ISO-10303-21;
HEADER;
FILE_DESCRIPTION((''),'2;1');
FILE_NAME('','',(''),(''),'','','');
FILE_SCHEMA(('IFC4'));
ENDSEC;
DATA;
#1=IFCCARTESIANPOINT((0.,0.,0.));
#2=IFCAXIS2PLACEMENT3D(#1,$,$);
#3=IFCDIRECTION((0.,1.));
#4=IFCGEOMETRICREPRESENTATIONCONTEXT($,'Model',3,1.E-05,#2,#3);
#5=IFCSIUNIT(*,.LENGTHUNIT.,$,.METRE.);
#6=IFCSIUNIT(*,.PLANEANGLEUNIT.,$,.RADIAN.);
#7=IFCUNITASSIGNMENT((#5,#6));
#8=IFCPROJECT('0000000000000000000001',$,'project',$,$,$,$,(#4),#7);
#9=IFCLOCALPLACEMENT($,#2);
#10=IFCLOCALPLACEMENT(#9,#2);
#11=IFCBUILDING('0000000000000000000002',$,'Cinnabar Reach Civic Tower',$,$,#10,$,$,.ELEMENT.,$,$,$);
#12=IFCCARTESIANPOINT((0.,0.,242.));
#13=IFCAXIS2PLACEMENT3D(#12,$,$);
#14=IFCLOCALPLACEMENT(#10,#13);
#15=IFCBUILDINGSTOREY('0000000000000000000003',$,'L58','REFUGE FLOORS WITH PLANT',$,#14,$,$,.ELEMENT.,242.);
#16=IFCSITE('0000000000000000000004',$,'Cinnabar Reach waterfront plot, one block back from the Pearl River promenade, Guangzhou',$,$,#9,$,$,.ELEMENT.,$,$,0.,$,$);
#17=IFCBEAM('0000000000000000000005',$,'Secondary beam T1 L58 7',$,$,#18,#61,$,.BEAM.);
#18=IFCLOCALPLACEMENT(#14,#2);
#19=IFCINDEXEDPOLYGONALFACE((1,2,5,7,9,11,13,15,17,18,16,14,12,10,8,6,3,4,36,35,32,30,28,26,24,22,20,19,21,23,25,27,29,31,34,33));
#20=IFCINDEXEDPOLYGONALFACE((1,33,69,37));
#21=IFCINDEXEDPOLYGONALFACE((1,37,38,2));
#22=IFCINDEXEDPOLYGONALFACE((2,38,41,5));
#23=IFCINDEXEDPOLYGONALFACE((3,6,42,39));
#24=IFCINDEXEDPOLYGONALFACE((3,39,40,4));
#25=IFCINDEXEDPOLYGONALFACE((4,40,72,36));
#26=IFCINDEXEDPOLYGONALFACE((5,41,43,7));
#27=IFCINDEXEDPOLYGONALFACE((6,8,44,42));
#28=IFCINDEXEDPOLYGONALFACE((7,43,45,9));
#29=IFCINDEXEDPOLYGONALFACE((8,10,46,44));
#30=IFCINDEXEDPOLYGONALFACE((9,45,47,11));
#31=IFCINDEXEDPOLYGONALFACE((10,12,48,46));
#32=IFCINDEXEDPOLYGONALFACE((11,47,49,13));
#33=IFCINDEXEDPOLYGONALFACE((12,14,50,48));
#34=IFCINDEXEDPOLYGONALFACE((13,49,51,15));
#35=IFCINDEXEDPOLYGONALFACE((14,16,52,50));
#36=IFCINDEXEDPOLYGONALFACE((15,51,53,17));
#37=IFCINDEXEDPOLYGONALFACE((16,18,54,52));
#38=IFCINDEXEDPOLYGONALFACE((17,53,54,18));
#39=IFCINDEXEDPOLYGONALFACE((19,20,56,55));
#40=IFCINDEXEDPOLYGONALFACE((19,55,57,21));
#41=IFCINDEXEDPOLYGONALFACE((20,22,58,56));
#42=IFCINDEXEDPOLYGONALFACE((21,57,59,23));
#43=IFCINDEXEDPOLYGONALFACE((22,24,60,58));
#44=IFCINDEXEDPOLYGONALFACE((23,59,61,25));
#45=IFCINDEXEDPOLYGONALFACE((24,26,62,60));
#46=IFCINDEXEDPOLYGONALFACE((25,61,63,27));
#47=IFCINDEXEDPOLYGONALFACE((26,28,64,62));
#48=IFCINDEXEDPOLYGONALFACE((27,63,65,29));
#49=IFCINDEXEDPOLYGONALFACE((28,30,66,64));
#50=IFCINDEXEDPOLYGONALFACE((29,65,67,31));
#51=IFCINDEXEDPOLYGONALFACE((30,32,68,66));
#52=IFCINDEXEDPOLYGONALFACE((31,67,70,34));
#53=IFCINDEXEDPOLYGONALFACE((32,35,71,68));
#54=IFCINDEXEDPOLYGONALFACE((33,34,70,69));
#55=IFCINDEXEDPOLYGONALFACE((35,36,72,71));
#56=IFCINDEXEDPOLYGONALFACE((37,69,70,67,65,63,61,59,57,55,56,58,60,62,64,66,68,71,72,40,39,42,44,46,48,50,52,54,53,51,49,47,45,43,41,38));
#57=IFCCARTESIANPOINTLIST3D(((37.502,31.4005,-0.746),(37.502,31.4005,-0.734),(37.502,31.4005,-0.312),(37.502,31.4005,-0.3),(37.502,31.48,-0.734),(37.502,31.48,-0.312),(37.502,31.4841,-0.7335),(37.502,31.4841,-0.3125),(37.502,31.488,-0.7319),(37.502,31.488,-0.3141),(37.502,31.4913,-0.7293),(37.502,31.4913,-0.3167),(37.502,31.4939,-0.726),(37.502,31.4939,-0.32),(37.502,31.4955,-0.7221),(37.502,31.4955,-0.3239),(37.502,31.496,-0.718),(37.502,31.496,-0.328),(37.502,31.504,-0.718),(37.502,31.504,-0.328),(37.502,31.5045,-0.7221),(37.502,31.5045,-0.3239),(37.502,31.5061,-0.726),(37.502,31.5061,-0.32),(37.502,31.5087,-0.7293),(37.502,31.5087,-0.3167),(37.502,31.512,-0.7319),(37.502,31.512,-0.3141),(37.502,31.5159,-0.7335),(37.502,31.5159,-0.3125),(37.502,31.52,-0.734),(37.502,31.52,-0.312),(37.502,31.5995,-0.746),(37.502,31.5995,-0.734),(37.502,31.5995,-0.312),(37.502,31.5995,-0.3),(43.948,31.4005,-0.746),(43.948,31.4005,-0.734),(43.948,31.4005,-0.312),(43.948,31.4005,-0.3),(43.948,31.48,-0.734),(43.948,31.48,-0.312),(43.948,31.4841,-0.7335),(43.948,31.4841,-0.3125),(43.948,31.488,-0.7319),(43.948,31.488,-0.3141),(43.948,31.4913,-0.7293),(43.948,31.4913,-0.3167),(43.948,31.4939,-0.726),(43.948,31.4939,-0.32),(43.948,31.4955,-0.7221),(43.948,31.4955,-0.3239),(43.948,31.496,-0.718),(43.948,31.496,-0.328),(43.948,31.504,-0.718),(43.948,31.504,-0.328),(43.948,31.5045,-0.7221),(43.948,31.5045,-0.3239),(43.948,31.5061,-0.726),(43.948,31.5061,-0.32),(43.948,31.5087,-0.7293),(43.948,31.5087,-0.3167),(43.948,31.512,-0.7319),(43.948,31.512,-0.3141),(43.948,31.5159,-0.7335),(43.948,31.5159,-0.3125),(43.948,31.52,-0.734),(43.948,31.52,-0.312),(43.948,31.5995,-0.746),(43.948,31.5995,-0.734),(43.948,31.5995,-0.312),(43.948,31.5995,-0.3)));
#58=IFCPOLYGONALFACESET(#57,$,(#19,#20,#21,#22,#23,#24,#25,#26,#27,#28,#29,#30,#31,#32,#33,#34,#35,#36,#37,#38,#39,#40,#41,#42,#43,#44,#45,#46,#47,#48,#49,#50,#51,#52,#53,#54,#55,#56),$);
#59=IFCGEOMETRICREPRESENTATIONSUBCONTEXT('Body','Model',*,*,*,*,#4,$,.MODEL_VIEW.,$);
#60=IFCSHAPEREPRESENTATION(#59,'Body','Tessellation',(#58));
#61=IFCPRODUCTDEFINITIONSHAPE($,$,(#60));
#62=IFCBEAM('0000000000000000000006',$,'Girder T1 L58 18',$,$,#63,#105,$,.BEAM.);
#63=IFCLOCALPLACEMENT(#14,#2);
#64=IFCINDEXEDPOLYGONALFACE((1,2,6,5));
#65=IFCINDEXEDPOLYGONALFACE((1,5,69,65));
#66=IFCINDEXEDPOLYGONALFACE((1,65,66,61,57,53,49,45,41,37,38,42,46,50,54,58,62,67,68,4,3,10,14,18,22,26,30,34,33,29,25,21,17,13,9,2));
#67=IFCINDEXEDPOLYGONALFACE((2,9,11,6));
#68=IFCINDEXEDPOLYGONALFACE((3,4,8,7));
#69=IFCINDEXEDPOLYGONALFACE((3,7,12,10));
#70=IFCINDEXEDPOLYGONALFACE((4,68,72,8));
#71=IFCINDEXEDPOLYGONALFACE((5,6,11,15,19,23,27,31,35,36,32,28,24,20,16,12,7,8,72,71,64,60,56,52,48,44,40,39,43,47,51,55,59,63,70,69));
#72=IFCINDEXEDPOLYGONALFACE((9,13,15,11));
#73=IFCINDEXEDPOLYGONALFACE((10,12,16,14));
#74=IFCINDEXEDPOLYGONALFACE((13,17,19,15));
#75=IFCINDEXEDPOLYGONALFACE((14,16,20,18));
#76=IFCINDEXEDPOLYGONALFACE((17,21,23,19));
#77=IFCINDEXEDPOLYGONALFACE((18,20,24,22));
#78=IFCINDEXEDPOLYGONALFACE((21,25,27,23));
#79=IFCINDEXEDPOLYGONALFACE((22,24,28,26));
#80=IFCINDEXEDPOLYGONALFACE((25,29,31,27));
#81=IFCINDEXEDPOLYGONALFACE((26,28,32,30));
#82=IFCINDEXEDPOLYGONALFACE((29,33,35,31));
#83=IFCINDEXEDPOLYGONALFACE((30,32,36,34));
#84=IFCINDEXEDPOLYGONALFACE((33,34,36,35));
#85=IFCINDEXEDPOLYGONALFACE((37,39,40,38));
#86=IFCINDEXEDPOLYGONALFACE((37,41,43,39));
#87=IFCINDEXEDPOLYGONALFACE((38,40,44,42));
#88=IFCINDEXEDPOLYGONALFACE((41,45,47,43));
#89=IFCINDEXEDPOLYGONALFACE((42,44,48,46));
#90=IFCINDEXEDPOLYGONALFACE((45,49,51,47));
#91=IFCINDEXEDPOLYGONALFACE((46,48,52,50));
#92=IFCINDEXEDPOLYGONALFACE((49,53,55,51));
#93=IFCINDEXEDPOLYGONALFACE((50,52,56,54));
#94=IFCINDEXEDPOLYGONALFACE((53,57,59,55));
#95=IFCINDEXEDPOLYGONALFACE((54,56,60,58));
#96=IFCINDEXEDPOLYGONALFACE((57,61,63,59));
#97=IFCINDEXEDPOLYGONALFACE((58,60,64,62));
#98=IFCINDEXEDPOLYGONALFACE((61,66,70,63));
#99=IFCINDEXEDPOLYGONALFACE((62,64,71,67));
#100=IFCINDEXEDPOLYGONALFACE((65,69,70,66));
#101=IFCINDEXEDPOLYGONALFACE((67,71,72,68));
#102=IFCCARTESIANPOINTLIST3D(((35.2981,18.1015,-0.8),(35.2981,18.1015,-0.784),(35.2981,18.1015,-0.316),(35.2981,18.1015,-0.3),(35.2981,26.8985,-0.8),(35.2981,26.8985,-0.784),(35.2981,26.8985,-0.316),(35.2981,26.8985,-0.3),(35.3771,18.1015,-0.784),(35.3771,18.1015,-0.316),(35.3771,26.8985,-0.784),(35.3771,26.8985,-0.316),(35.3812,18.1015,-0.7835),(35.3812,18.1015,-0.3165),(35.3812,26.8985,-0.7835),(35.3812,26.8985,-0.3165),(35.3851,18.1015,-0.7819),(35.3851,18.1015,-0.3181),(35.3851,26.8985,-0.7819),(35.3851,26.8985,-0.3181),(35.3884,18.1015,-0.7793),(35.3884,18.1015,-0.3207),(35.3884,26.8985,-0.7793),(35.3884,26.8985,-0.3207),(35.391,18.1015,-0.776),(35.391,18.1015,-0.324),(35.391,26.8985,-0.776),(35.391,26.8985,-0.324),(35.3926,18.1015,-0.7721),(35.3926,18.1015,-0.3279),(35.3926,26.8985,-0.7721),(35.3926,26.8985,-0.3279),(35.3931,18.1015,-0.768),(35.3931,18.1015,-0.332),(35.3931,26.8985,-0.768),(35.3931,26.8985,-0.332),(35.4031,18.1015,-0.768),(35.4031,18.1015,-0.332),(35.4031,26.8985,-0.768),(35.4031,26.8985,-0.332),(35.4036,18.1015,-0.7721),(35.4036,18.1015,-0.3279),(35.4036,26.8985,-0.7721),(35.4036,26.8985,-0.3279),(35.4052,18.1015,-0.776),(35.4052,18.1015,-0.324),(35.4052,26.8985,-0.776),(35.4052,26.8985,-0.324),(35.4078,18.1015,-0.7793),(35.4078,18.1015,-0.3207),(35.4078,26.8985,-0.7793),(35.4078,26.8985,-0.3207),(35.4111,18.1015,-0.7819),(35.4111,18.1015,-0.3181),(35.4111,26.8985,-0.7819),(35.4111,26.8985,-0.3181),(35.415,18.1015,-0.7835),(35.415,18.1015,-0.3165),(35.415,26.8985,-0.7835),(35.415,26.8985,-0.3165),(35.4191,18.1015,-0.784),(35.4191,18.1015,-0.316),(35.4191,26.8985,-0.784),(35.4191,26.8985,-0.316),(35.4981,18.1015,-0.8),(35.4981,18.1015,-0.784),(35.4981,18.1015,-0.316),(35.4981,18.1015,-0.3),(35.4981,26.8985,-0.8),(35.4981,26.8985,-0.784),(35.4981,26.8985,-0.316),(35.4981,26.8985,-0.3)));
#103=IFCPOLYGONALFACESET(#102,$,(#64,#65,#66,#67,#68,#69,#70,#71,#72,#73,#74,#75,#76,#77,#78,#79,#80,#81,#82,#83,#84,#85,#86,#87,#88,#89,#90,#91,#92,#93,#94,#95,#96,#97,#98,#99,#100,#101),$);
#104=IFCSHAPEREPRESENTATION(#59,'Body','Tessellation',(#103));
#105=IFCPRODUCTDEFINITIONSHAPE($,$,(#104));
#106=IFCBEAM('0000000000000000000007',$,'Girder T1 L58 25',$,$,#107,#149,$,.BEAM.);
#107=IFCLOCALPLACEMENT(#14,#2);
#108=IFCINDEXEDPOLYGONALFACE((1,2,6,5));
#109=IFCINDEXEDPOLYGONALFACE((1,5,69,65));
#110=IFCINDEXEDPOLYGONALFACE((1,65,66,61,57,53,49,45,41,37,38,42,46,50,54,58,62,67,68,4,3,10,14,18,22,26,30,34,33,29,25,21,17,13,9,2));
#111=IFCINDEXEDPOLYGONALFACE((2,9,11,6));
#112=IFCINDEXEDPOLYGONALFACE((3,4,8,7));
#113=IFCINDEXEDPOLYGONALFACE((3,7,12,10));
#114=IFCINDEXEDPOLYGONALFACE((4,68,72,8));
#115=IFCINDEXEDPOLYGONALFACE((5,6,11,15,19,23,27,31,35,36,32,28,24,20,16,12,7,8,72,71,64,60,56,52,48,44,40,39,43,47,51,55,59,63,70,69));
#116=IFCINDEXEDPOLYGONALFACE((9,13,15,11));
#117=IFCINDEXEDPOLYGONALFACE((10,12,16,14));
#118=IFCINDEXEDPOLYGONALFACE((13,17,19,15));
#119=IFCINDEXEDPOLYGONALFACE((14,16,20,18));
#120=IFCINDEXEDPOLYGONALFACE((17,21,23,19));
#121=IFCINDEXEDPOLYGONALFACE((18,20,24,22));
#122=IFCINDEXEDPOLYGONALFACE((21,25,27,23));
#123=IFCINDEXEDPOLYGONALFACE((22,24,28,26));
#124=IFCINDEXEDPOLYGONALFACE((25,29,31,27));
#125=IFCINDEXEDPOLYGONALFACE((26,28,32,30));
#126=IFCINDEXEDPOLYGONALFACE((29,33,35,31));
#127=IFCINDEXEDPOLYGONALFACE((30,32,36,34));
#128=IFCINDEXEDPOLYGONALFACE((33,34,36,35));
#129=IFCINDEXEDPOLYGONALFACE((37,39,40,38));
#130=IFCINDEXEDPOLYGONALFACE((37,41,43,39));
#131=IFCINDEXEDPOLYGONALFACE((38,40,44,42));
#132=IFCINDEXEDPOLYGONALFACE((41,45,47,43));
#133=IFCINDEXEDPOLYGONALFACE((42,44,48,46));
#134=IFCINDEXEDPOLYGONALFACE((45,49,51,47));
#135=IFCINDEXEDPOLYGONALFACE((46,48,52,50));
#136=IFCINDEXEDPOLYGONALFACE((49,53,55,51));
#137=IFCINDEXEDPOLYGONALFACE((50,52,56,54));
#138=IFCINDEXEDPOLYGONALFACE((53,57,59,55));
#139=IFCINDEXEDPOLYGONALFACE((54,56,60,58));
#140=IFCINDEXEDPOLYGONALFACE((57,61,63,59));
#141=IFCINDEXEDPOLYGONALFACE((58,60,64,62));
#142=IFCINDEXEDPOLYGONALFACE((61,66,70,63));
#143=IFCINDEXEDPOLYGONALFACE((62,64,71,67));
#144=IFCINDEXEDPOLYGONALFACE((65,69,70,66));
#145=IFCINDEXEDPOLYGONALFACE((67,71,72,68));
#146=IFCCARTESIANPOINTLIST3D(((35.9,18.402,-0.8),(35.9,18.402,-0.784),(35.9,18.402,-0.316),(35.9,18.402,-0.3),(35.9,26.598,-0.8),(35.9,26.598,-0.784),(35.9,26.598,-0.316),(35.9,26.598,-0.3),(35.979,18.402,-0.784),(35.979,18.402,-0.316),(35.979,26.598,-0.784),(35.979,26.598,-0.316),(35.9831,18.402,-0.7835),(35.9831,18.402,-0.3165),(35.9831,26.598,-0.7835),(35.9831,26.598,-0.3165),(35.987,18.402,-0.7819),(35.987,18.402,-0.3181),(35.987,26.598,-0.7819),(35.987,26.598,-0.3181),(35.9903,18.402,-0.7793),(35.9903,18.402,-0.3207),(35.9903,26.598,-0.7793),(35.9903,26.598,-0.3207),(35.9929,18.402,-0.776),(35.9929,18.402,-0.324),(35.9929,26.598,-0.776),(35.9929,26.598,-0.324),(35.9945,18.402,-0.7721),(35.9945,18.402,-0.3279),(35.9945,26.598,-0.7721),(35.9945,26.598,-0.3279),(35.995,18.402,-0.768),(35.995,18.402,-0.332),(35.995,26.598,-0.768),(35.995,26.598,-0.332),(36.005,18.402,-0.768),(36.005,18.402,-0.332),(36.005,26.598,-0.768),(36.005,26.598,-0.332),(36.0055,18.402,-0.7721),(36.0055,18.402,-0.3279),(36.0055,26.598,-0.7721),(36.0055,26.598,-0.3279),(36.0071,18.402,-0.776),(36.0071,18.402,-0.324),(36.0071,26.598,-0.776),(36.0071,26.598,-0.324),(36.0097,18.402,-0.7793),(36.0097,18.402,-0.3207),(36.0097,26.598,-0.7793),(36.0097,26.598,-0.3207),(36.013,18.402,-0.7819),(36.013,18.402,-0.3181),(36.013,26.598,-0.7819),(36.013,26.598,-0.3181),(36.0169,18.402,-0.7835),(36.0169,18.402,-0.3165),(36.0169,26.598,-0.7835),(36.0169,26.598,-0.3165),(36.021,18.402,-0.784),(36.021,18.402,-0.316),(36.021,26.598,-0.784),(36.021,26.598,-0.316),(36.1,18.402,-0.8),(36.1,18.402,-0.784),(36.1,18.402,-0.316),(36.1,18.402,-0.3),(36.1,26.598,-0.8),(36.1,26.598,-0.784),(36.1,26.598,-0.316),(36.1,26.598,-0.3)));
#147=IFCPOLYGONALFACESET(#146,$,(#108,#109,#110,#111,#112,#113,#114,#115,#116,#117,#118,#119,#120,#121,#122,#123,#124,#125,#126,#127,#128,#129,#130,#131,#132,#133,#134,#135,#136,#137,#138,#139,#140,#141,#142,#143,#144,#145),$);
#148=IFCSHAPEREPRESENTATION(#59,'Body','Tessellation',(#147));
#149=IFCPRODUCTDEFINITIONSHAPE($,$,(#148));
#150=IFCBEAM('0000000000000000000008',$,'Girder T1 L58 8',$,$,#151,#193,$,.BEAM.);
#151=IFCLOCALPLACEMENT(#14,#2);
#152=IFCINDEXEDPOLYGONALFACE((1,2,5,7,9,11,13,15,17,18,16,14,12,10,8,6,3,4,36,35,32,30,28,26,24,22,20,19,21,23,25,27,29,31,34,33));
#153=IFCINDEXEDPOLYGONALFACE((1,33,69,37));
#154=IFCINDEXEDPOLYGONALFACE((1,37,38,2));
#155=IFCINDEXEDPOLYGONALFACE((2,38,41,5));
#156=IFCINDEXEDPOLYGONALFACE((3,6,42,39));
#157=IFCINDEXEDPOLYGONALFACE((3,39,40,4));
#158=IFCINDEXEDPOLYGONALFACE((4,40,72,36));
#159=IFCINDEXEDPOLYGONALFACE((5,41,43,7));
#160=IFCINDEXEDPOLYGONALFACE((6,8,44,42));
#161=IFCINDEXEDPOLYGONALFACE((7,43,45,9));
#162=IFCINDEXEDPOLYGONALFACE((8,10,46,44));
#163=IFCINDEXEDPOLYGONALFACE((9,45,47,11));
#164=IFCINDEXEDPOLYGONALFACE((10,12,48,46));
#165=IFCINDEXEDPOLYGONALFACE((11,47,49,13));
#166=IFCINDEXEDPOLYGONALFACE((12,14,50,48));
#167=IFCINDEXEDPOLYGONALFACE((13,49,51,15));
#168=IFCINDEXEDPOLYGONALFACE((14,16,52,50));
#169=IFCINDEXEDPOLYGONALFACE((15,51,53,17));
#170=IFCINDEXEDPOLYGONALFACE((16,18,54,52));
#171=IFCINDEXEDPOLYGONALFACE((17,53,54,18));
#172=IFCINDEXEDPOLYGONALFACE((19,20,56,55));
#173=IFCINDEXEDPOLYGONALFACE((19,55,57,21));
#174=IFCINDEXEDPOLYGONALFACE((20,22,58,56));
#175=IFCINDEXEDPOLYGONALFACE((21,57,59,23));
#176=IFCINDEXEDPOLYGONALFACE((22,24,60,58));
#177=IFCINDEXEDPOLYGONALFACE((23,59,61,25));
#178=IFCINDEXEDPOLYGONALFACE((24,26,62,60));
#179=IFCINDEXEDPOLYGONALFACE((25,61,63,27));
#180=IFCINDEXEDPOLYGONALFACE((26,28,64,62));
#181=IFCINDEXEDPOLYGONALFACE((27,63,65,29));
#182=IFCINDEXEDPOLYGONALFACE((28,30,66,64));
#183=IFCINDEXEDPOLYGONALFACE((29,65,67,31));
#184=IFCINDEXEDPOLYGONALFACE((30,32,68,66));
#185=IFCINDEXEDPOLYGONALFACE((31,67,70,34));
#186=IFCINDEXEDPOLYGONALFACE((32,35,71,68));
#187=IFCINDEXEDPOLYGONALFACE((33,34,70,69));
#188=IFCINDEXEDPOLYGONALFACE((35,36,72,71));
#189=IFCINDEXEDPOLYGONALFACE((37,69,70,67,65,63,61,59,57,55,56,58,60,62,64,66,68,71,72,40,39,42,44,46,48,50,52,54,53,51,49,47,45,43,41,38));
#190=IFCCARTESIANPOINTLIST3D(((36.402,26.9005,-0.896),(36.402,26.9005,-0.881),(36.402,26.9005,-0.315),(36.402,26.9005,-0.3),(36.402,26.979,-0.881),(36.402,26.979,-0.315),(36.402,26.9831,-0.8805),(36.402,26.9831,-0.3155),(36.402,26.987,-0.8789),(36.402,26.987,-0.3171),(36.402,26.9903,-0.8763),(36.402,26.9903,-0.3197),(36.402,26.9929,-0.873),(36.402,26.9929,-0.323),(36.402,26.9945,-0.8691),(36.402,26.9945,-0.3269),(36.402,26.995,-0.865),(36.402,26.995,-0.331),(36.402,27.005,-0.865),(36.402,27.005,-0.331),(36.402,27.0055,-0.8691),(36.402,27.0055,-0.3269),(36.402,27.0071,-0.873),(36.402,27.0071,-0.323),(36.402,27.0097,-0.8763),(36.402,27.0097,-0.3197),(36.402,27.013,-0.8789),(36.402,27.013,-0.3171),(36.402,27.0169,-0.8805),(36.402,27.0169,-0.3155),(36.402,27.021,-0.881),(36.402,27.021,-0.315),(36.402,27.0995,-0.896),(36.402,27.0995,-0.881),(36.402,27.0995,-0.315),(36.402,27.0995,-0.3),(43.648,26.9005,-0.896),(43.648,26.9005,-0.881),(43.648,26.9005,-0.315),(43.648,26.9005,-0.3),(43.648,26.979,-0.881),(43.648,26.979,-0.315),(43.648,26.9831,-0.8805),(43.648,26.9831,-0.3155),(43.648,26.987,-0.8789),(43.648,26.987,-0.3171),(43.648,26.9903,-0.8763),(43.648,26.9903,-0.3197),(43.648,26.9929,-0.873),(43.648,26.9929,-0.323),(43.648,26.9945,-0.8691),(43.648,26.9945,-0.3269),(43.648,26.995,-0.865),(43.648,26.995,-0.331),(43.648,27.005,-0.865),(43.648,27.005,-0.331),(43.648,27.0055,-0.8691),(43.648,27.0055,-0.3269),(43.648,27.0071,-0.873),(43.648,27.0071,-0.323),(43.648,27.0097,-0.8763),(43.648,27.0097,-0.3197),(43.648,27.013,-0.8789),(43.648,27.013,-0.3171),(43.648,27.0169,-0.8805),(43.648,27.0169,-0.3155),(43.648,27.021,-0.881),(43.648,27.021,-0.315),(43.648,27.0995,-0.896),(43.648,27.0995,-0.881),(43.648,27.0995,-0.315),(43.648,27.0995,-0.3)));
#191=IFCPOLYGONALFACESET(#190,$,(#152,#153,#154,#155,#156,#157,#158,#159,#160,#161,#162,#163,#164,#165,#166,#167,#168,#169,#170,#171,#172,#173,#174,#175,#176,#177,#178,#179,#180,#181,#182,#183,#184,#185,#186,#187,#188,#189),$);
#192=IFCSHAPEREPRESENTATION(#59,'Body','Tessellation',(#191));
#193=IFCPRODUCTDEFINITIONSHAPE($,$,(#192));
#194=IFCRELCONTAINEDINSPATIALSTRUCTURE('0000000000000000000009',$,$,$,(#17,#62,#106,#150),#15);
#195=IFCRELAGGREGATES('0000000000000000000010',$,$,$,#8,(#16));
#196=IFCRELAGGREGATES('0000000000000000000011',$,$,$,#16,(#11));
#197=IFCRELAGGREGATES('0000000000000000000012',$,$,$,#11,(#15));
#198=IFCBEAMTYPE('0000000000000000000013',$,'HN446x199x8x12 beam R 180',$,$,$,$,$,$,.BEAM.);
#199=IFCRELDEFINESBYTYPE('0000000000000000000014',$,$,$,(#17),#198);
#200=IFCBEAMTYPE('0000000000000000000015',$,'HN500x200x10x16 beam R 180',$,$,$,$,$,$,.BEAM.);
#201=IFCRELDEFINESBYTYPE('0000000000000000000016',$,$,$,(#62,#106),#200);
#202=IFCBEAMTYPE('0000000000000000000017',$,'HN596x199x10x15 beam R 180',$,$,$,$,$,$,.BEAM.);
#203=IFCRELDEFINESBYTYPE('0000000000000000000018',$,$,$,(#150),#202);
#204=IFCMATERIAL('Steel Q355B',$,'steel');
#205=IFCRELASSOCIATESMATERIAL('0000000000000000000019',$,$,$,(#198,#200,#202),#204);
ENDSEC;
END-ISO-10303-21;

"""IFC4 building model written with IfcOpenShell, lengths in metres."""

from ifc_helpers import new_model, si_unit, direction, frame, origin, origin_2d, place, context, subcontext, project, spatial, i_section, extrude, material, material_profile, profile_set, type_object, element, save


model = new_model("IFC4")

# Units and contexts
model_context = context("Model", 3, precision=1e-05, world=origin(), true_north=direction((0.0, 1.0)))
body_context = subcontext(model_context, "Body", "Model", "MODEL_VIEW")
ifc_project = project(units=[si_unit("LENGTHUNIT", "METRE"), si_unit("PLANEANGLEUNIT", "RADIAN")], contexts=[model_context])

# Site, building, storey
site_placement = place(None, origin())
site = spatial("IfcSite", under=ifc_project, at=site_placement, Name="Cinnabar Reach waterfront plot, one block back from the Pearl River promenade, Guangzhou", CompositionType="ELEMENT", RefElevation=0.0)
building_placement = place(site_placement, origin())
building = spatial("IfcBuilding", under=site, at=building_placement, Name="Cinnabar Reach Civic Tower", CompositionType="ELEMENT")
storey_placement = place(building_placement, frame((0.0, 0.0, 242.0)))
storey = spatial("IfcBuildingStorey", under=building, at=storey_placement, Name="L58", Description="REFUGE FLOORS WITH PLANT", CompositionType="ELEMENT", Elevation=242.0)

# Beams
ifc_material_1 = material(Name="Steel Q355B", Category="steel")
ifc_material_profile_1 = material_profile(ifc_material_1, i_section(OverallWidth=0.199, OverallDepth=0.446, WebThickness=0.008, FlangeThickness=0.012, FilletRadius=0.016, at=origin_2d()), Name="HN446x199x8x12")
ifc_profile_set_1 = profile_set([ifc_material_profile_1], Name="Steel Q355B")
beam_type_1 = type_object("IfcBeamType", Name="HN446x199x8x12 beam R 180", PredefinedType="BEAM", material=ifc_profile_set_1)
beam_1_placement = place(storey_placement, frame((37.502, 31.5, -0.523), z_axis=(1.0, 0.0, 0.0), x_axis=(0.0, 1.0, 0.0)))
element("IfcBeam", 1, at=beam_1_placement, inside=storey, type_object=beam_type_1, Name="Secondary beam T1 L58 7", PredefinedType="BEAM", context=body_context, shape_type="SweptSolid", body=[
    extrude(i_section(OverallWidth=0.199, OverallDepth=0.446, WebThickness=0.008, FlangeThickness=0.012, FilletRadius=0.016, at=origin_2d()), origin(), (0.0, 0.0, 1.0), 6.446),
])
ifc_material_profile_2 = material_profile(ifc_material_1, i_section(OverallWidth=0.2, OverallDepth=0.5, WebThickness=0.01, FlangeThickness=0.016, FilletRadius=0.016, at=origin_2d()), Name="HN500x200x10x16")
ifc_profile_set_2 = profile_set([ifc_material_profile_2], Name="Steel Q355B")
beam_type_2 = type_object("IfcBeamType", Name="HN500x200x10x16 beam R 180", PredefinedType="BEAM", material=ifc_profile_set_2)
beam_2_placement = place(storey_placement, frame((35.3981, 18.1015, -0.55), z_axis=(0.0, 1.0, 0.0), x_axis=(-1.0, 0.0, 0.0)))
element("IfcBeam", 2, at=beam_2_placement, inside=storey, type_object=beam_type_2, Name="Girder T1 L58 18", PredefinedType="BEAM", context=body_context, shape_type="SweptSolid", body=[
    extrude(i_section(OverallWidth=0.2, OverallDepth=0.5, WebThickness=0.01, FlangeThickness=0.016, FilletRadius=0.016, at=origin_2d()), origin(), (0.0, 0.0, 1.0), 8.797),
])
beam_3_placement = place(storey_placement, frame((36.0, 18.402, -0.55), z_axis=(0.0, 1.0, 0.0), x_axis=(-1.0, 0.0, 0.0)))
element("IfcBeam", 3, at=beam_3_placement, inside=storey, type_object=beam_type_2, Name="Girder T1 L58 25", PredefinedType="BEAM", context=body_context, shape_type="SweptSolid", body=[
    extrude(i_section(OverallWidth=0.2, OverallDepth=0.5, WebThickness=0.01, FlangeThickness=0.016, FilletRadius=0.016, at=origin_2d()), origin(), (0.0, 0.0, 1.0), 8.196),
])
ifc_material_profile_3 = material_profile(ifc_material_1, i_section(OverallWidth=0.199, OverallDepth=0.596, WebThickness=0.01, FlangeThickness=0.015, FilletRadius=0.016, at=origin_2d()), Name="HN596x199x10x15")
ifc_profile_set_3 = profile_set([ifc_material_profile_3], Name="Steel Q355B")
beam_type_3 = type_object("IfcBeamType", Name="HN596x199x10x15 beam R 180", PredefinedType="BEAM", material=ifc_profile_set_3)
beam_4_placement = place(storey_placement, frame((36.402, 27.0, -0.598), z_axis=(1.0, 0.0, 0.0), x_axis=(0.0, 1.0, 0.0)))
element("IfcBeam", 4, at=beam_4_placement, inside=storey, type_object=beam_type_3, Name="Girder T1 L58 8", PredefinedType="BEAM", context=body_context, shape_type="SweptSolid", body=[
    extrude(i_section(OverallWidth=0.199, OverallDepth=0.596, WebThickness=0.01, FlangeThickness=0.015, FilletRadius=0.016, at=origin_2d()), origin(), (0.0, 0.0, 1.0), 7.246),
])

save(model, "model.ifc")
